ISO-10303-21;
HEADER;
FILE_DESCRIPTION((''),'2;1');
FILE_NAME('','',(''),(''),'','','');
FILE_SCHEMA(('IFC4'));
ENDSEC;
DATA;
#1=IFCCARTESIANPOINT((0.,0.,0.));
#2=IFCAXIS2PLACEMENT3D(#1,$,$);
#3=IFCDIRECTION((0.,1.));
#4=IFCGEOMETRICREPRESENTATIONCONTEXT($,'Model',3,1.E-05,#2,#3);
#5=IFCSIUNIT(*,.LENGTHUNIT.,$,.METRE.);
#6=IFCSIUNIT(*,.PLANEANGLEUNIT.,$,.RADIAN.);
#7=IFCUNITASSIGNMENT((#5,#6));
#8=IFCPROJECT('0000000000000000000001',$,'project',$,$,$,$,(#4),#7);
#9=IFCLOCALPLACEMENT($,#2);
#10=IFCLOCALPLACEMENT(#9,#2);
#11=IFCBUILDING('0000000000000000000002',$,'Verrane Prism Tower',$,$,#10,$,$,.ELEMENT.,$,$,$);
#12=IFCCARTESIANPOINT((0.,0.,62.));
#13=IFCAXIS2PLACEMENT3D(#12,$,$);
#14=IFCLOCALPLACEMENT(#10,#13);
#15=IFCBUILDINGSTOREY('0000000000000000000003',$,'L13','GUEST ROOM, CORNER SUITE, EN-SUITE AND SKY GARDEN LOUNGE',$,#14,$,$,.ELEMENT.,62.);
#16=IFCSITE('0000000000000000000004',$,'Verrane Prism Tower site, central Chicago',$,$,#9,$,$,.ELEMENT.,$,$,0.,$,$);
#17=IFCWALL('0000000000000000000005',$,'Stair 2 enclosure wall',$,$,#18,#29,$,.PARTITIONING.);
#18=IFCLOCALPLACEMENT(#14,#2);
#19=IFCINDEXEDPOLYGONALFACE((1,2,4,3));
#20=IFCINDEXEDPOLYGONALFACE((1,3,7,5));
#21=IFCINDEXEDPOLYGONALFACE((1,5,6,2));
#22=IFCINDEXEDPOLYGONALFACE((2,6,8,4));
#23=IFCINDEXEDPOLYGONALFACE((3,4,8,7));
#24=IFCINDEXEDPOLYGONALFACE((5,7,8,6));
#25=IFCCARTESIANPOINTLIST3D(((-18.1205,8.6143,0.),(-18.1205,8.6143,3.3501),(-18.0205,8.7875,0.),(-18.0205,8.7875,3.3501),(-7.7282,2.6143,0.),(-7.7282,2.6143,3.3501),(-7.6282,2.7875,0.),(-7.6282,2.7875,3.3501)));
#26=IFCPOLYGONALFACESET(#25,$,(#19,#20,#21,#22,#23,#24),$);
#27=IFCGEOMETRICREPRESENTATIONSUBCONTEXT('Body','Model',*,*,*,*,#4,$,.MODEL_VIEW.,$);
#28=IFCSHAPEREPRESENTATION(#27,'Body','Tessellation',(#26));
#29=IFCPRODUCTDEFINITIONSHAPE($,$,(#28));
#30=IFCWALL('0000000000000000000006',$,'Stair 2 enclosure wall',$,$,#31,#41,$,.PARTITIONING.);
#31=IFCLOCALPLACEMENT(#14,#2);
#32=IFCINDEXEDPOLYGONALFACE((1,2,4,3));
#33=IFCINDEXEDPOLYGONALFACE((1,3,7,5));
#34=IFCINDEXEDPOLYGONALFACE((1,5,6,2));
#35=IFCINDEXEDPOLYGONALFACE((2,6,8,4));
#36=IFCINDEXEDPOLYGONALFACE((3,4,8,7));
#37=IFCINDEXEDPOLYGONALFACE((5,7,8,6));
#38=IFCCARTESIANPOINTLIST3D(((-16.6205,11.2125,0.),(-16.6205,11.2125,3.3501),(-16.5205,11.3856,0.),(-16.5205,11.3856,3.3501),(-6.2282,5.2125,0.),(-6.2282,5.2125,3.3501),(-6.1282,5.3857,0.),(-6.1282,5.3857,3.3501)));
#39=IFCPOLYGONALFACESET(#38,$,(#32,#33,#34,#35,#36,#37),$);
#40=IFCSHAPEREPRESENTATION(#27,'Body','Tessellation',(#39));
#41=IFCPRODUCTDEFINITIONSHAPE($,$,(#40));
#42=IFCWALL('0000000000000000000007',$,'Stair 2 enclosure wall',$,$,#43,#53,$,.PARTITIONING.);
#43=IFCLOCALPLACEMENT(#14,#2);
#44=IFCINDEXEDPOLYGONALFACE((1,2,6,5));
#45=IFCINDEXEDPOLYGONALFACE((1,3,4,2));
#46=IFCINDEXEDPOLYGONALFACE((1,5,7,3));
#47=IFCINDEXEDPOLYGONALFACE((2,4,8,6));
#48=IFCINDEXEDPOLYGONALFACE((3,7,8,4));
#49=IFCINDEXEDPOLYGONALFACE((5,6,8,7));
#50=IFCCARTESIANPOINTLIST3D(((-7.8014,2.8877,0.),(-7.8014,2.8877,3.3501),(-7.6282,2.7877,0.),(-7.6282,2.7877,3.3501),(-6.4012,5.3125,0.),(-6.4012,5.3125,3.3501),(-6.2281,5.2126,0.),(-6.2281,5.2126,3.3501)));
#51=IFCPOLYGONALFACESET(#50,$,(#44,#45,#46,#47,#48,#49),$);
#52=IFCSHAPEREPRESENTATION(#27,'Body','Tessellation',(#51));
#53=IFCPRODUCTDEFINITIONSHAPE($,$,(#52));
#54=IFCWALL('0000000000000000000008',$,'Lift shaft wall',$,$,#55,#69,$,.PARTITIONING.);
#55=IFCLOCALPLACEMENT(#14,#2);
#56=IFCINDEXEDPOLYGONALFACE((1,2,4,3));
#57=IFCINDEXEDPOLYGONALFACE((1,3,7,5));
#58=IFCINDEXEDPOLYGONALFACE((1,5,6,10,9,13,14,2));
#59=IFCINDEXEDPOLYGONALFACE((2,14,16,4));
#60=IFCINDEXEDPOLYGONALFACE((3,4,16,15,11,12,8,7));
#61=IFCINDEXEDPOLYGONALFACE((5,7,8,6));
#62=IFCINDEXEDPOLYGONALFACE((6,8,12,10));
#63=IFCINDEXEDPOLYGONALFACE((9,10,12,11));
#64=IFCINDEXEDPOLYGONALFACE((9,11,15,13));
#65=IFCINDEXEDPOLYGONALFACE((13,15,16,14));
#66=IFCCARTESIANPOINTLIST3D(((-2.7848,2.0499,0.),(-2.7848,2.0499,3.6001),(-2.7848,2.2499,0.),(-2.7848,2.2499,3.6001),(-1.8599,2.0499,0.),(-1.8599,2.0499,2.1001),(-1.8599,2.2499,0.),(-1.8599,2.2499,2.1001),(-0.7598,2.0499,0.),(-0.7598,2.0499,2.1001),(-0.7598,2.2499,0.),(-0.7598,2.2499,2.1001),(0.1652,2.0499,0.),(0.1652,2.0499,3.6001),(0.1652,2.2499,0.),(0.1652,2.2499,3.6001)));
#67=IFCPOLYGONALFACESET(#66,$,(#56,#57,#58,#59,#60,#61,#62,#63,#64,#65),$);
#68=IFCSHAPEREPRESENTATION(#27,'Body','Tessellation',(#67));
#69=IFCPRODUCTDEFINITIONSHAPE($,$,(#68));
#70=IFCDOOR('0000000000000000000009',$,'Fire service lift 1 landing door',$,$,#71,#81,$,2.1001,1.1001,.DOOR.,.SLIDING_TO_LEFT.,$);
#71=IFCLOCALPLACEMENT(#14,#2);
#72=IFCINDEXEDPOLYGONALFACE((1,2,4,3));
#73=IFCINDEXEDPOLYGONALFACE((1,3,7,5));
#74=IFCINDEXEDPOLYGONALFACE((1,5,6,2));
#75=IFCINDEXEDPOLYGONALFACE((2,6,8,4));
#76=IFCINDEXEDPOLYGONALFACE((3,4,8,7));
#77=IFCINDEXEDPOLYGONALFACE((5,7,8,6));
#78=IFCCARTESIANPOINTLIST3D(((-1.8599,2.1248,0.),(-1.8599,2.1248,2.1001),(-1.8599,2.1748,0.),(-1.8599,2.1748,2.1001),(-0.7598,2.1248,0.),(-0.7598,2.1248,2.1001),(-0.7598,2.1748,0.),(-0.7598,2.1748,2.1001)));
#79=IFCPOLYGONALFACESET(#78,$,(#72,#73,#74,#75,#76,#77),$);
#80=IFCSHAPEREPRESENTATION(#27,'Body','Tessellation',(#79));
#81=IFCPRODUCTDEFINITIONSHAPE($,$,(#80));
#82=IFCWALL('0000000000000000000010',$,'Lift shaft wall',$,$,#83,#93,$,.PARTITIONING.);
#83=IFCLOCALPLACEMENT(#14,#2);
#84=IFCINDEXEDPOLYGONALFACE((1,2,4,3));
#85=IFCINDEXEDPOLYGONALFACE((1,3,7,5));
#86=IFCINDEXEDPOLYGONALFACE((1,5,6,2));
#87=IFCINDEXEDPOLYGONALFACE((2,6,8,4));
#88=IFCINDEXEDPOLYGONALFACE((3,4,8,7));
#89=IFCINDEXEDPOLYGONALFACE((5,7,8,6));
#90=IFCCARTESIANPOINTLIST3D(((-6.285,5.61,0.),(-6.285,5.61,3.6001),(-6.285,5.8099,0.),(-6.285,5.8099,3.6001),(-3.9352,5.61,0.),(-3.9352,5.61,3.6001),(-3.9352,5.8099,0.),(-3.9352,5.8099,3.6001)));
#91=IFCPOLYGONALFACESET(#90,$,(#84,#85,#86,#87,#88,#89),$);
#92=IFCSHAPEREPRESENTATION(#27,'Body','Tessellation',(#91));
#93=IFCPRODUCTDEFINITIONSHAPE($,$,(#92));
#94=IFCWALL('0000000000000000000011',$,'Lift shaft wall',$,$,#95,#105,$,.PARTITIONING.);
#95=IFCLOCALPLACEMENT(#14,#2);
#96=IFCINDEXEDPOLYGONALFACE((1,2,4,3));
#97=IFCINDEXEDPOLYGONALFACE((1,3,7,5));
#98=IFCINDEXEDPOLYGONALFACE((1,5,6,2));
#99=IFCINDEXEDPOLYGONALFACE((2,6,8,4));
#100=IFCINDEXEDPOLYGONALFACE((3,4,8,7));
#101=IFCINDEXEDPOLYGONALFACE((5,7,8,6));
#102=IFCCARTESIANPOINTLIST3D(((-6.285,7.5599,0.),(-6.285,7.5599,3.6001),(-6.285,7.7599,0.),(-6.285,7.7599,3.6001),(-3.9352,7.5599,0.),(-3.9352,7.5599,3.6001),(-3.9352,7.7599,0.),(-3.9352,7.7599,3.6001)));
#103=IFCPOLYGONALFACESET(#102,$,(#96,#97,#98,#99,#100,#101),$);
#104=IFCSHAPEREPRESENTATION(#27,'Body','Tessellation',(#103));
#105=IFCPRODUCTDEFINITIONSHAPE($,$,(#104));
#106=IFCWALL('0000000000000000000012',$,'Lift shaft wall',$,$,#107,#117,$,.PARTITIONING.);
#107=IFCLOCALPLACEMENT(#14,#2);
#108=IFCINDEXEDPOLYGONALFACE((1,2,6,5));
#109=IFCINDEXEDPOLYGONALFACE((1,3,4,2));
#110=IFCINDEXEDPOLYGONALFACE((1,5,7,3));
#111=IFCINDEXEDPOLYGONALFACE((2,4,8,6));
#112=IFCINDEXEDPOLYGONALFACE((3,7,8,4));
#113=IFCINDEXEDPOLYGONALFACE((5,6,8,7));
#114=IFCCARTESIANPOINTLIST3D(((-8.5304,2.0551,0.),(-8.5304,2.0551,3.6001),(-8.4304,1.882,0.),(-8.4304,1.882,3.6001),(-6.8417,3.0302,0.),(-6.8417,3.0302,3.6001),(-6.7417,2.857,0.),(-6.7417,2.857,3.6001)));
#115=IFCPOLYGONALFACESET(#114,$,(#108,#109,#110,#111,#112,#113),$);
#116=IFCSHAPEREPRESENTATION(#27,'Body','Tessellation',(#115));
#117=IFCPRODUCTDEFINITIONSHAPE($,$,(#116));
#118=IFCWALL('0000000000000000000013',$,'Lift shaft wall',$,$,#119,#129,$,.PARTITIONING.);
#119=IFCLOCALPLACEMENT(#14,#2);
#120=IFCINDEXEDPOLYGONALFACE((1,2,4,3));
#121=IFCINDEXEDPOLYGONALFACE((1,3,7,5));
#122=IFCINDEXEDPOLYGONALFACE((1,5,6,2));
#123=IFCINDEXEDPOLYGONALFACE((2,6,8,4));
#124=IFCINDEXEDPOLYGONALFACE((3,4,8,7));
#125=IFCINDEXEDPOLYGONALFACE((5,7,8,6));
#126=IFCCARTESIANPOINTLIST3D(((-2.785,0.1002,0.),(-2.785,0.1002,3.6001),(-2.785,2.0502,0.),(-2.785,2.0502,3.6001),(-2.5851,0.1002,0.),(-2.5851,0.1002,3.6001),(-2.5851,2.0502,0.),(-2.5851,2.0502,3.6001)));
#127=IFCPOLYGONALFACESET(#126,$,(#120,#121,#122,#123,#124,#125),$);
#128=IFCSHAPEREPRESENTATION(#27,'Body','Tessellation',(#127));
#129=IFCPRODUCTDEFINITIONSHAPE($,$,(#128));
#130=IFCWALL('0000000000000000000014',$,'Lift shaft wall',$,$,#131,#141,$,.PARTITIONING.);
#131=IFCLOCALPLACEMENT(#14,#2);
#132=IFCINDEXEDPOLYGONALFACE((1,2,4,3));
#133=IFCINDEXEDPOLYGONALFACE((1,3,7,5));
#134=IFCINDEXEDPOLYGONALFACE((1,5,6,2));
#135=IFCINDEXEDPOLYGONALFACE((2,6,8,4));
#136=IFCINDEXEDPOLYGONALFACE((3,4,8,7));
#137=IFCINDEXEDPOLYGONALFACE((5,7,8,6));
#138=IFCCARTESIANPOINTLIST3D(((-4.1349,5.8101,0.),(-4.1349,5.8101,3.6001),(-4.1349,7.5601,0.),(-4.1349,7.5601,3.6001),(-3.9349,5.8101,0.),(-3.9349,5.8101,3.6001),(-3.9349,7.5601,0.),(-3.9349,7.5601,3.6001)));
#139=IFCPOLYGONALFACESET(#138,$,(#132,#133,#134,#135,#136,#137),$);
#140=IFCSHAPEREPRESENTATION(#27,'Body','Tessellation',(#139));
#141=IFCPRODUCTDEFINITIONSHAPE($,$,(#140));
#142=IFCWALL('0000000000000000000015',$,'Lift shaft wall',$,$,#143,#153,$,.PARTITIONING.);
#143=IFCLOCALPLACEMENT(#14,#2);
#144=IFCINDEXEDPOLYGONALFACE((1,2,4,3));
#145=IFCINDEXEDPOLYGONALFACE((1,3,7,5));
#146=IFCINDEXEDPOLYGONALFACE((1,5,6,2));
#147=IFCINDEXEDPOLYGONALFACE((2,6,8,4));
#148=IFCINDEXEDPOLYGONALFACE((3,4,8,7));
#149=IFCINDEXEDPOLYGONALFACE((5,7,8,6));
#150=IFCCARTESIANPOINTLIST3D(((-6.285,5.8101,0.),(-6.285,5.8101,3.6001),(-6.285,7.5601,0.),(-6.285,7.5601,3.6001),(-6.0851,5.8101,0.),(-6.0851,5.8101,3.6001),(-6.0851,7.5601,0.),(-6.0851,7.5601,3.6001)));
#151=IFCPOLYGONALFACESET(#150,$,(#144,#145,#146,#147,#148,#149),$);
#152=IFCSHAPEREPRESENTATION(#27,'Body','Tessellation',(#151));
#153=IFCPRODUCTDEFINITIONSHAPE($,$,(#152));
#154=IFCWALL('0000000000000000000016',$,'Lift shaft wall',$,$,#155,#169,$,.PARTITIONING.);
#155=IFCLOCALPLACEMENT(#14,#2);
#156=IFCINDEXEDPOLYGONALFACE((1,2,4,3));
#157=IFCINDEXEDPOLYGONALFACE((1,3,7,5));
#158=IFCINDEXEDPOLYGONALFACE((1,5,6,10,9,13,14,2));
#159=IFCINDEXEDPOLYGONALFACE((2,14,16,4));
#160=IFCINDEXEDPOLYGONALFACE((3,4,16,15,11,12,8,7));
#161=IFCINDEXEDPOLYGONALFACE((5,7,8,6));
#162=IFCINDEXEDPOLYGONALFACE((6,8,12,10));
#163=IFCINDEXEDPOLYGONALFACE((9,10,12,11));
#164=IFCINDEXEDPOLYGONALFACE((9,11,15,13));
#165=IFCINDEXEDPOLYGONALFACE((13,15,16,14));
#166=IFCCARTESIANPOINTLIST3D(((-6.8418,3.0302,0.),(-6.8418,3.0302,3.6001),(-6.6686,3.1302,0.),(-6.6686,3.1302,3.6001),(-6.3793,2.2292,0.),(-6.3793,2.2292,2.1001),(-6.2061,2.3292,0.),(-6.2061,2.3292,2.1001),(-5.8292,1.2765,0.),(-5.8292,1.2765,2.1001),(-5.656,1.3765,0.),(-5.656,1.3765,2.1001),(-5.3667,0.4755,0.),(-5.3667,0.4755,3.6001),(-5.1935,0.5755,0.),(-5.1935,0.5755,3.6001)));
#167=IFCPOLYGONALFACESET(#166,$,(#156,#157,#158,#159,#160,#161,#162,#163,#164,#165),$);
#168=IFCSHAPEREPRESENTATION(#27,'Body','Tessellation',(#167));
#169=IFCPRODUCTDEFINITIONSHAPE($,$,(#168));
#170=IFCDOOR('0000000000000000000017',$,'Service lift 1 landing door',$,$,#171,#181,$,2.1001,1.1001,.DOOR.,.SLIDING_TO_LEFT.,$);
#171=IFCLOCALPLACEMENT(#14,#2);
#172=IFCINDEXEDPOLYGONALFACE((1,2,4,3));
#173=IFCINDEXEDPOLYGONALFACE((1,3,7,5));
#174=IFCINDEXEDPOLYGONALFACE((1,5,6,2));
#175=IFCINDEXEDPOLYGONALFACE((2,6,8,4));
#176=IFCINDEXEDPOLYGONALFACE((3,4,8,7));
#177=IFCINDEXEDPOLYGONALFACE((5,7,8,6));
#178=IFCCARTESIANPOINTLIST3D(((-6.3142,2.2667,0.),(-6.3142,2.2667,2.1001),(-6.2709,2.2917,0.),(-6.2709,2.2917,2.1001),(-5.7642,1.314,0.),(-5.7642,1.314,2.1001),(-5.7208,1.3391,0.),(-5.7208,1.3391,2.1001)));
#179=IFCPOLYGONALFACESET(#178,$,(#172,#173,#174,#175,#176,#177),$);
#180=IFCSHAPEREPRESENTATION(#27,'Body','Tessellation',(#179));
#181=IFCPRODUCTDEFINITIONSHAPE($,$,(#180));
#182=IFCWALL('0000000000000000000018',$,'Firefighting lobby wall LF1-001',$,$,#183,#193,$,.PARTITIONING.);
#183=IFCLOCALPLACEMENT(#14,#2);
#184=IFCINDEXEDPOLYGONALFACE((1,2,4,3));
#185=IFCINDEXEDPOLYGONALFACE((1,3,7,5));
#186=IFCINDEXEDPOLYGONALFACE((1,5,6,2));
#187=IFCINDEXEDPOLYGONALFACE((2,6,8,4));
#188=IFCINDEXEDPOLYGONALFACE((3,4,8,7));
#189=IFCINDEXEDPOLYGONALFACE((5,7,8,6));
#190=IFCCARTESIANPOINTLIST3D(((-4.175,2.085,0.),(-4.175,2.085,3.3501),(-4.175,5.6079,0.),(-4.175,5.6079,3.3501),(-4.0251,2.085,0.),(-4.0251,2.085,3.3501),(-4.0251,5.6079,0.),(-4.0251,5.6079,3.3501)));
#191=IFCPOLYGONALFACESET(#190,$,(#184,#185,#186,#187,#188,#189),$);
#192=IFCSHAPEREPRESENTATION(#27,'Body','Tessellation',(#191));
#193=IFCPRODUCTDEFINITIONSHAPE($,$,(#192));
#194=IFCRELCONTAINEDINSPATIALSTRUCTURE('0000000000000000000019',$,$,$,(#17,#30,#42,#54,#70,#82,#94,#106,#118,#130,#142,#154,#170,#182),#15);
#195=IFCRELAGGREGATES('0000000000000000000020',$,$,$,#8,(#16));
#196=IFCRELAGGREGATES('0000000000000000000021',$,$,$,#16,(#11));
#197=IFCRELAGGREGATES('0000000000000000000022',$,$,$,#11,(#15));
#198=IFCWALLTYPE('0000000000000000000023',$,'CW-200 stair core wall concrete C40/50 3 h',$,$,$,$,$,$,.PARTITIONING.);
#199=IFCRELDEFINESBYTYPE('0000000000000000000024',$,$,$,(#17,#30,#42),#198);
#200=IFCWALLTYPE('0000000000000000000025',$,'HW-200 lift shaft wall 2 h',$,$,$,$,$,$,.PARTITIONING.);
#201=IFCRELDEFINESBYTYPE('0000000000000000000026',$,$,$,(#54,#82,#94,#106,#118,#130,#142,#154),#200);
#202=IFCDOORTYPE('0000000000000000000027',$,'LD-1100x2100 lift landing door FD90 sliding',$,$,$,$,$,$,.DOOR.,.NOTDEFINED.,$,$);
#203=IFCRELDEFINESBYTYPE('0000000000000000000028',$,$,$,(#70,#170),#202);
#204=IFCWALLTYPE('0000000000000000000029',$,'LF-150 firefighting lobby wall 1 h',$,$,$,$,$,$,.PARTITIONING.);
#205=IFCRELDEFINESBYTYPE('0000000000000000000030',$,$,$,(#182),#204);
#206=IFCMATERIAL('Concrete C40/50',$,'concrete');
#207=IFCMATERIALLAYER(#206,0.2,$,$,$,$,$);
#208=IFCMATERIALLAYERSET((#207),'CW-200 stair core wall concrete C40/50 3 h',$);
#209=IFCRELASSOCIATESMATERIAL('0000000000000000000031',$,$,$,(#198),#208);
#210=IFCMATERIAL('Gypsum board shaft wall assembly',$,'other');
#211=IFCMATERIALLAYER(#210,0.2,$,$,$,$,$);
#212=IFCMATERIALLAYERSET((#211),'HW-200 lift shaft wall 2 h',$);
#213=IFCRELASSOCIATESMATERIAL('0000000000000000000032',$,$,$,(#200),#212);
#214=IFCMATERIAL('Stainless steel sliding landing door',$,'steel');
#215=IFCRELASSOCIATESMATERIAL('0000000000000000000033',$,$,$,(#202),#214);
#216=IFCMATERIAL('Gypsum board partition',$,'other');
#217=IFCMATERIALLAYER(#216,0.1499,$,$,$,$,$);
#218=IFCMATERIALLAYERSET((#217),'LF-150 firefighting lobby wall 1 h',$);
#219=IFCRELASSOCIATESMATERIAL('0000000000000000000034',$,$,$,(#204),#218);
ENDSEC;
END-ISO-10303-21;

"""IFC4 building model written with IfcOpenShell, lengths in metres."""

from ifc_helpers import new_model, si_unit, direction, frame, frame_2d, origin, place, context, subcontext, project, spatial, rectangle, extrude, material, layer, layer_set, type_object, element, fill, save


model = new_model("IFC4")

# Units and contexts
model_context = context("Model", 3, precision=1e-05, world=origin(), true_north=direction((0.0, 1.0)))
body_context = subcontext(model_context, "Body", "Model", "MODEL_VIEW")
ifc_project = project(units=[si_unit("LENGTHUNIT", "METRE"), si_unit("PLANEANGLEUNIT", "RADIAN")], contexts=[model_context])

# Site, building, storey
site_placement = place(None, origin())
site = spatial("IfcSite", under=ifc_project, at=site_placement, Name="Verrane Prism Tower site, central Chicago", CompositionType="ELEMENT", RefElevation=0.0)
building_placement = place(site_placement, origin())
building = spatial("IfcBuilding", under=site, at=building_placement, Name="Verrane Prism Tower", CompositionType="ELEMENT")
storey_placement = place(building_placement, frame((0.0, 0.0, 62.0)))
storey = spatial("IfcBuildingStorey", under=building, at=storey_placement, Name="L13", Description="GUEST ROOM, CORNER SUITE, EN-SUITE AND SKY GARDEN LOUNGE", CompositionType="ELEMENT", Elevation=62.0)

# Walls
ifc_material_1 = material(Name="Concrete C40/50", Category="concrete")
ifc_layer_1 = layer(ifc_material_1, 0.2)
ifc_layer_set_1 = layer_set([ifc_layer_1], Name="CW-200 stair core wall concrete C40/50 3 h")
wall_type_1 = type_object("IfcWallType", Name="CW-200 stair core wall concrete C40/50 3 h", PredefinedType="PARTITIONING", material=ifc_layer_set_1)
for number, where, z_axis, x_axis, name in (
    (1, (-7.6782, 2.7009, 0.0), (0.0, 0.0, 1.0), (-0.866026, 0.499999, 0.0), "Stair 2 enclosure wall"),
    (2, (-6.1782, 5.2991, 0.0), (0.0, 0.0, 1.0), (-0.866026, 0.499999, 0.0), "Stair 2 enclosure wall"),
):
    element("IfcWall", number, at=place(storey_placement, frame(where, z_axis=z_axis, x_axis=x_axis)), inside=storey, type_object=wall_type_1, Name=name, PredefinedType="PARTITIONING", context=body_context, shape_type="SweptSolid", body=[
        extrude(rectangle(XDim=12.0, YDim=0.2, at=frame_2d((6.0, 0.0))), origin(), (0.0, 0.0, 1.0), 3.3501),
    ])
wall_1_placement = place(storey_placement, frame((-6.3147, 5.2625, 0.0), z_axis=(0.0, 0.0, 1.0), x_axis=(-0.50005, -0.865997, 0.0)))
element("IfcWall", 3, at=wall_1_placement, inside=storey, type_object=wall_type_1, Name="Stair 2 enclosure wall", PredefinedType="PARTITIONING", context=body_context, shape_type="SweptSolid", body=[
    extrude(rectangle(XDim=2.8, YDim=0.2, at=frame_2d((1.3999, 0.0))), origin(), (0.0, 0.0, 1.0), 3.3501),
])

# Wall, opening, door
ifc_material_2 = material(Name="Gypsum board shaft wall assembly", Category="other")
ifc_layer_2 = layer(ifc_material_2, 0.2)
ifc_layer_set_2 = layer_set([ifc_layer_2], Name="HW-200 lift shaft wall 2 h")
wall_type_2 = type_object("IfcWallType", Name="HW-200 lift shaft wall 2 h", PredefinedType="PARTITIONING", material=ifc_layer_set_2)
wall_2_placement = place(storey_placement, frame((-2.7849, 2.1499, 0.0), z_axis=(0.0, 0.0, 1.0), x_axis=(1.0, 0.0, 0.0)))
wall_2 = element("IfcWall", 4, at=wall_2_placement, inside=storey, type_object=wall_type_2, Name="Lift shaft wall", PredefinedType="PARTITIONING", context=body_context, shape_type="SweptSolid", body=[
    extrude(rectangle(XDim=2.95, YDim=0.2, at=frame_2d((1.4751, 0.0))), origin(), (0.0, 0.0, 1.0), 3.6001),
])
opening_1_placement = place(wall_2_placement, frame((0.925, 0.0, 0.0)))
opening_1 = element("IfcOpeningElement", 5, at=opening_1_placement, cuts=wall_2, PredefinedType="OPENING", context=body_context, shape_type="SweptSolid", body=[
    extrude(rectangle(XDim=1.1001, YDim=2.1001, at=frame_2d((0.55, 1.05))), frame((0.0, 0.1099, 0.0), z_axis=(0.0, -1.0, 0.0), x_axis=(1.0, 0.0, 0.0)), (0.0, 0.0, 1.0), 0.22),
])
ifc_material_3 = material(Name="Stainless steel sliding landing door", Category="steel")
door_type_1 = type_object("IfcDoorType", Name="LD-1100x2100 lift landing door FD90 sliding", OperationType="NOTDEFINED", PredefinedType="DOOR", material=ifc_material_3)
door_1_placement = place(opening_1_placement, origin())
door_1 = element("IfcDoor", 6, at=door_1_placement, inside=storey, type_object=door_type_1, Name="Fire service lift 1 landing door", OperationType="SLIDING_TO_LEFT", OverallHeight=2.1001, OverallWidth=1.1001, PredefinedType="DOOR", context=body_context, shape_type="SweptSolid", body=[
    extrude(rectangle(XDim=1.1001, YDim=2.1001, at=frame_2d((0.55, 1.05))), frame((0.0, 0.0249, 0.0), z_axis=(0.0, -1.0, 0.0), x_axis=(1.0, 0.0, 0.0)), (0.0, 0.0, 1.0), 0.05),
])
fill(opening_1, door_1)

# Walls
for number, where, z_axis, x_axis, name in (
    (7, (-6.2849, 5.71, 0.0), (0.0, 0.0, 1.0), (1.0, 0.0, 0.0), "Lift shaft wall"),
    (8, (-6.2849, 7.6599, 0.0), (0.0, 0.0, 1.0), (1.0, 0.0, 0.0), "Lift shaft wall"),
):
    element("IfcWall", number, at=place(storey_placement, frame(where, z_axis=z_axis, x_axis=x_axis)), inside=storey, type_object=wall_type_2, Name=name, PredefinedType="PARTITIONING", context=body_context, shape_type="SweptSolid", body=[
        extrude(rectangle(XDim=2.3499, YDim=0.2, at=frame_2d((1.1748, 0.0))), origin(), (0.0, 0.0, 1.0), 3.6001),
    ])
for number, where, z_axis, x_axis, name in (
    (9, (-8.4805, 1.9685, 0.0), (0.0, 0.0, 1.0), (0.866, 0.500044, 0.0), "Lift shaft wall"),
    (10, (-2.6851, 0.1001, 0.0), (0.0, 0.0, 1.0), (0.0, 1.0, 0.0), "Lift shaft wall"),
):
    element("IfcWall", number, at=place(storey_placement, frame(where, z_axis=z_axis, x_axis=x_axis)), inside=storey, type_object=wall_type_2, Name=name, PredefinedType="PARTITIONING", context=body_context, shape_type="SweptSolid", body=[
        extrude(rectangle(XDim=1.95, YDim=0.2, at=frame_2d((0.9751, 0.0))), origin(), (0.0, 0.0, 1.0), 3.6001),
    ])
for number, where, z_axis, x_axis, name in (
    (11, (-4.0349, 5.8101, 0.0), (0.0, 0.0, 1.0), (0.0, 1.0, 0.0), "Lift shaft wall"),
    (12, (-6.1851, 5.8101, 0.0), (0.0, 0.0, 1.0), (0.0, 1.0, 0.0), "Lift shaft wall"),
):
    element("IfcWall", number, at=place(storey_placement, frame(where, z_axis=z_axis, x_axis=x_axis)), inside=storey, type_object=wall_type_2, Name=name, PredefinedType="PARTITIONING", context=body_context, shape_type="SweptSolid", body=[
        extrude(rectangle(XDim=1.75, YDim=0.2, at=frame_2d((0.875, 0.0))), origin(), (0.0, 0.0, 1.0), 3.6001),
    ])

# Wall, opening, door
wall_3_placement = place(storey_placement, frame((-5.28, 0.5254, 0.0), z_axis=(0.0, 0.0, 1.0), x_axis=(-0.500038, 0.866004, 0.0)))
wall_3 = element("IfcWall", 13, at=wall_3_placement, inside=storey, type_object=wall_type_2, Name="Lift shaft wall", PredefinedType="PARTITIONING", context=body_context, shape_type="SweptSolid", body=[
    extrude(rectangle(XDim=2.95, YDim=0.2, at=frame_2d((1.4751, 0.0))), origin(), (0.0, 0.0, 1.0), 3.6001),
])
opening_2_placement = place(wall_3_placement, frame((0.925, 0.0, 0.0)))
opening_2 = element("IfcOpeningElement", 14, at=opening_2_placement, cuts=wall_3, PredefinedType="OPENING", context=body_context, shape_type="SweptSolid", body=[
    extrude(rectangle(XDim=1.1001, YDim=2.1001, at=frame_2d((0.55, 1.05))), frame((0.0, 0.1099, 0.0), z_axis=(0.0, -1.0, 0.0), x_axis=(1.0, 0.0, 0.0)), (0.0, 0.0, 1.0), 0.22),
])
door_2_placement = place(opening_2_placement, origin())
door_2 = element("IfcDoor", 15, at=door_2_placement, inside=storey, type_object=door_type_1, Name="Service lift 1 landing door", OperationType="SLIDING_TO_LEFT", OverallHeight=2.1001, OverallWidth=1.1001, PredefinedType="DOOR", context=body_context, shape_type="SweptSolid", body=[
    extrude(rectangle(XDim=1.1001, YDim=2.1001, at=frame_2d((0.55, 1.05))), frame((0.0, 0.0249, 0.0), z_axis=(0.0, -1.0, 0.0), x_axis=(1.0, 0.0, 0.0)), (0.0, 0.0, 1.0), 0.05),
])
fill(opening_2, door_2)

# Wall
ifc_material_4 = material(Name="Gypsum board partition", Category="other")
ifc_layer_3 = layer(ifc_material_4, 0.1499)
ifc_layer_set_3 = layer_set([ifc_layer_3], Name="LF-150 firefighting lobby wall 1 h")
wall_type_3 = type_object("IfcWallType", Name="LF-150 firefighting lobby wall 1 h", PredefinedType="PARTITIONING", material=ifc_layer_set_3)
wall_4_placement = place(storey_placement, frame((-4.1001, 2.085, 0.0), z_axis=(0.0, 0.0, 1.0), x_axis=(0.0, 1.0, 0.0)))
element("IfcWall", 16, at=wall_4_placement, inside=storey, type_object=wall_type_3, Name="Firefighting lobby wall LF1-001", PredefinedType="PARTITIONING", context=body_context, shape_type="SweptSolid", body=[
    extrude(rectangle(XDim=3.5229, YDim=0.1499, at=frame_2d((1.7615, 0.0))), origin(), (0.0, 0.0, 1.0), 3.3501),
])

save(model, "model.ifc")
